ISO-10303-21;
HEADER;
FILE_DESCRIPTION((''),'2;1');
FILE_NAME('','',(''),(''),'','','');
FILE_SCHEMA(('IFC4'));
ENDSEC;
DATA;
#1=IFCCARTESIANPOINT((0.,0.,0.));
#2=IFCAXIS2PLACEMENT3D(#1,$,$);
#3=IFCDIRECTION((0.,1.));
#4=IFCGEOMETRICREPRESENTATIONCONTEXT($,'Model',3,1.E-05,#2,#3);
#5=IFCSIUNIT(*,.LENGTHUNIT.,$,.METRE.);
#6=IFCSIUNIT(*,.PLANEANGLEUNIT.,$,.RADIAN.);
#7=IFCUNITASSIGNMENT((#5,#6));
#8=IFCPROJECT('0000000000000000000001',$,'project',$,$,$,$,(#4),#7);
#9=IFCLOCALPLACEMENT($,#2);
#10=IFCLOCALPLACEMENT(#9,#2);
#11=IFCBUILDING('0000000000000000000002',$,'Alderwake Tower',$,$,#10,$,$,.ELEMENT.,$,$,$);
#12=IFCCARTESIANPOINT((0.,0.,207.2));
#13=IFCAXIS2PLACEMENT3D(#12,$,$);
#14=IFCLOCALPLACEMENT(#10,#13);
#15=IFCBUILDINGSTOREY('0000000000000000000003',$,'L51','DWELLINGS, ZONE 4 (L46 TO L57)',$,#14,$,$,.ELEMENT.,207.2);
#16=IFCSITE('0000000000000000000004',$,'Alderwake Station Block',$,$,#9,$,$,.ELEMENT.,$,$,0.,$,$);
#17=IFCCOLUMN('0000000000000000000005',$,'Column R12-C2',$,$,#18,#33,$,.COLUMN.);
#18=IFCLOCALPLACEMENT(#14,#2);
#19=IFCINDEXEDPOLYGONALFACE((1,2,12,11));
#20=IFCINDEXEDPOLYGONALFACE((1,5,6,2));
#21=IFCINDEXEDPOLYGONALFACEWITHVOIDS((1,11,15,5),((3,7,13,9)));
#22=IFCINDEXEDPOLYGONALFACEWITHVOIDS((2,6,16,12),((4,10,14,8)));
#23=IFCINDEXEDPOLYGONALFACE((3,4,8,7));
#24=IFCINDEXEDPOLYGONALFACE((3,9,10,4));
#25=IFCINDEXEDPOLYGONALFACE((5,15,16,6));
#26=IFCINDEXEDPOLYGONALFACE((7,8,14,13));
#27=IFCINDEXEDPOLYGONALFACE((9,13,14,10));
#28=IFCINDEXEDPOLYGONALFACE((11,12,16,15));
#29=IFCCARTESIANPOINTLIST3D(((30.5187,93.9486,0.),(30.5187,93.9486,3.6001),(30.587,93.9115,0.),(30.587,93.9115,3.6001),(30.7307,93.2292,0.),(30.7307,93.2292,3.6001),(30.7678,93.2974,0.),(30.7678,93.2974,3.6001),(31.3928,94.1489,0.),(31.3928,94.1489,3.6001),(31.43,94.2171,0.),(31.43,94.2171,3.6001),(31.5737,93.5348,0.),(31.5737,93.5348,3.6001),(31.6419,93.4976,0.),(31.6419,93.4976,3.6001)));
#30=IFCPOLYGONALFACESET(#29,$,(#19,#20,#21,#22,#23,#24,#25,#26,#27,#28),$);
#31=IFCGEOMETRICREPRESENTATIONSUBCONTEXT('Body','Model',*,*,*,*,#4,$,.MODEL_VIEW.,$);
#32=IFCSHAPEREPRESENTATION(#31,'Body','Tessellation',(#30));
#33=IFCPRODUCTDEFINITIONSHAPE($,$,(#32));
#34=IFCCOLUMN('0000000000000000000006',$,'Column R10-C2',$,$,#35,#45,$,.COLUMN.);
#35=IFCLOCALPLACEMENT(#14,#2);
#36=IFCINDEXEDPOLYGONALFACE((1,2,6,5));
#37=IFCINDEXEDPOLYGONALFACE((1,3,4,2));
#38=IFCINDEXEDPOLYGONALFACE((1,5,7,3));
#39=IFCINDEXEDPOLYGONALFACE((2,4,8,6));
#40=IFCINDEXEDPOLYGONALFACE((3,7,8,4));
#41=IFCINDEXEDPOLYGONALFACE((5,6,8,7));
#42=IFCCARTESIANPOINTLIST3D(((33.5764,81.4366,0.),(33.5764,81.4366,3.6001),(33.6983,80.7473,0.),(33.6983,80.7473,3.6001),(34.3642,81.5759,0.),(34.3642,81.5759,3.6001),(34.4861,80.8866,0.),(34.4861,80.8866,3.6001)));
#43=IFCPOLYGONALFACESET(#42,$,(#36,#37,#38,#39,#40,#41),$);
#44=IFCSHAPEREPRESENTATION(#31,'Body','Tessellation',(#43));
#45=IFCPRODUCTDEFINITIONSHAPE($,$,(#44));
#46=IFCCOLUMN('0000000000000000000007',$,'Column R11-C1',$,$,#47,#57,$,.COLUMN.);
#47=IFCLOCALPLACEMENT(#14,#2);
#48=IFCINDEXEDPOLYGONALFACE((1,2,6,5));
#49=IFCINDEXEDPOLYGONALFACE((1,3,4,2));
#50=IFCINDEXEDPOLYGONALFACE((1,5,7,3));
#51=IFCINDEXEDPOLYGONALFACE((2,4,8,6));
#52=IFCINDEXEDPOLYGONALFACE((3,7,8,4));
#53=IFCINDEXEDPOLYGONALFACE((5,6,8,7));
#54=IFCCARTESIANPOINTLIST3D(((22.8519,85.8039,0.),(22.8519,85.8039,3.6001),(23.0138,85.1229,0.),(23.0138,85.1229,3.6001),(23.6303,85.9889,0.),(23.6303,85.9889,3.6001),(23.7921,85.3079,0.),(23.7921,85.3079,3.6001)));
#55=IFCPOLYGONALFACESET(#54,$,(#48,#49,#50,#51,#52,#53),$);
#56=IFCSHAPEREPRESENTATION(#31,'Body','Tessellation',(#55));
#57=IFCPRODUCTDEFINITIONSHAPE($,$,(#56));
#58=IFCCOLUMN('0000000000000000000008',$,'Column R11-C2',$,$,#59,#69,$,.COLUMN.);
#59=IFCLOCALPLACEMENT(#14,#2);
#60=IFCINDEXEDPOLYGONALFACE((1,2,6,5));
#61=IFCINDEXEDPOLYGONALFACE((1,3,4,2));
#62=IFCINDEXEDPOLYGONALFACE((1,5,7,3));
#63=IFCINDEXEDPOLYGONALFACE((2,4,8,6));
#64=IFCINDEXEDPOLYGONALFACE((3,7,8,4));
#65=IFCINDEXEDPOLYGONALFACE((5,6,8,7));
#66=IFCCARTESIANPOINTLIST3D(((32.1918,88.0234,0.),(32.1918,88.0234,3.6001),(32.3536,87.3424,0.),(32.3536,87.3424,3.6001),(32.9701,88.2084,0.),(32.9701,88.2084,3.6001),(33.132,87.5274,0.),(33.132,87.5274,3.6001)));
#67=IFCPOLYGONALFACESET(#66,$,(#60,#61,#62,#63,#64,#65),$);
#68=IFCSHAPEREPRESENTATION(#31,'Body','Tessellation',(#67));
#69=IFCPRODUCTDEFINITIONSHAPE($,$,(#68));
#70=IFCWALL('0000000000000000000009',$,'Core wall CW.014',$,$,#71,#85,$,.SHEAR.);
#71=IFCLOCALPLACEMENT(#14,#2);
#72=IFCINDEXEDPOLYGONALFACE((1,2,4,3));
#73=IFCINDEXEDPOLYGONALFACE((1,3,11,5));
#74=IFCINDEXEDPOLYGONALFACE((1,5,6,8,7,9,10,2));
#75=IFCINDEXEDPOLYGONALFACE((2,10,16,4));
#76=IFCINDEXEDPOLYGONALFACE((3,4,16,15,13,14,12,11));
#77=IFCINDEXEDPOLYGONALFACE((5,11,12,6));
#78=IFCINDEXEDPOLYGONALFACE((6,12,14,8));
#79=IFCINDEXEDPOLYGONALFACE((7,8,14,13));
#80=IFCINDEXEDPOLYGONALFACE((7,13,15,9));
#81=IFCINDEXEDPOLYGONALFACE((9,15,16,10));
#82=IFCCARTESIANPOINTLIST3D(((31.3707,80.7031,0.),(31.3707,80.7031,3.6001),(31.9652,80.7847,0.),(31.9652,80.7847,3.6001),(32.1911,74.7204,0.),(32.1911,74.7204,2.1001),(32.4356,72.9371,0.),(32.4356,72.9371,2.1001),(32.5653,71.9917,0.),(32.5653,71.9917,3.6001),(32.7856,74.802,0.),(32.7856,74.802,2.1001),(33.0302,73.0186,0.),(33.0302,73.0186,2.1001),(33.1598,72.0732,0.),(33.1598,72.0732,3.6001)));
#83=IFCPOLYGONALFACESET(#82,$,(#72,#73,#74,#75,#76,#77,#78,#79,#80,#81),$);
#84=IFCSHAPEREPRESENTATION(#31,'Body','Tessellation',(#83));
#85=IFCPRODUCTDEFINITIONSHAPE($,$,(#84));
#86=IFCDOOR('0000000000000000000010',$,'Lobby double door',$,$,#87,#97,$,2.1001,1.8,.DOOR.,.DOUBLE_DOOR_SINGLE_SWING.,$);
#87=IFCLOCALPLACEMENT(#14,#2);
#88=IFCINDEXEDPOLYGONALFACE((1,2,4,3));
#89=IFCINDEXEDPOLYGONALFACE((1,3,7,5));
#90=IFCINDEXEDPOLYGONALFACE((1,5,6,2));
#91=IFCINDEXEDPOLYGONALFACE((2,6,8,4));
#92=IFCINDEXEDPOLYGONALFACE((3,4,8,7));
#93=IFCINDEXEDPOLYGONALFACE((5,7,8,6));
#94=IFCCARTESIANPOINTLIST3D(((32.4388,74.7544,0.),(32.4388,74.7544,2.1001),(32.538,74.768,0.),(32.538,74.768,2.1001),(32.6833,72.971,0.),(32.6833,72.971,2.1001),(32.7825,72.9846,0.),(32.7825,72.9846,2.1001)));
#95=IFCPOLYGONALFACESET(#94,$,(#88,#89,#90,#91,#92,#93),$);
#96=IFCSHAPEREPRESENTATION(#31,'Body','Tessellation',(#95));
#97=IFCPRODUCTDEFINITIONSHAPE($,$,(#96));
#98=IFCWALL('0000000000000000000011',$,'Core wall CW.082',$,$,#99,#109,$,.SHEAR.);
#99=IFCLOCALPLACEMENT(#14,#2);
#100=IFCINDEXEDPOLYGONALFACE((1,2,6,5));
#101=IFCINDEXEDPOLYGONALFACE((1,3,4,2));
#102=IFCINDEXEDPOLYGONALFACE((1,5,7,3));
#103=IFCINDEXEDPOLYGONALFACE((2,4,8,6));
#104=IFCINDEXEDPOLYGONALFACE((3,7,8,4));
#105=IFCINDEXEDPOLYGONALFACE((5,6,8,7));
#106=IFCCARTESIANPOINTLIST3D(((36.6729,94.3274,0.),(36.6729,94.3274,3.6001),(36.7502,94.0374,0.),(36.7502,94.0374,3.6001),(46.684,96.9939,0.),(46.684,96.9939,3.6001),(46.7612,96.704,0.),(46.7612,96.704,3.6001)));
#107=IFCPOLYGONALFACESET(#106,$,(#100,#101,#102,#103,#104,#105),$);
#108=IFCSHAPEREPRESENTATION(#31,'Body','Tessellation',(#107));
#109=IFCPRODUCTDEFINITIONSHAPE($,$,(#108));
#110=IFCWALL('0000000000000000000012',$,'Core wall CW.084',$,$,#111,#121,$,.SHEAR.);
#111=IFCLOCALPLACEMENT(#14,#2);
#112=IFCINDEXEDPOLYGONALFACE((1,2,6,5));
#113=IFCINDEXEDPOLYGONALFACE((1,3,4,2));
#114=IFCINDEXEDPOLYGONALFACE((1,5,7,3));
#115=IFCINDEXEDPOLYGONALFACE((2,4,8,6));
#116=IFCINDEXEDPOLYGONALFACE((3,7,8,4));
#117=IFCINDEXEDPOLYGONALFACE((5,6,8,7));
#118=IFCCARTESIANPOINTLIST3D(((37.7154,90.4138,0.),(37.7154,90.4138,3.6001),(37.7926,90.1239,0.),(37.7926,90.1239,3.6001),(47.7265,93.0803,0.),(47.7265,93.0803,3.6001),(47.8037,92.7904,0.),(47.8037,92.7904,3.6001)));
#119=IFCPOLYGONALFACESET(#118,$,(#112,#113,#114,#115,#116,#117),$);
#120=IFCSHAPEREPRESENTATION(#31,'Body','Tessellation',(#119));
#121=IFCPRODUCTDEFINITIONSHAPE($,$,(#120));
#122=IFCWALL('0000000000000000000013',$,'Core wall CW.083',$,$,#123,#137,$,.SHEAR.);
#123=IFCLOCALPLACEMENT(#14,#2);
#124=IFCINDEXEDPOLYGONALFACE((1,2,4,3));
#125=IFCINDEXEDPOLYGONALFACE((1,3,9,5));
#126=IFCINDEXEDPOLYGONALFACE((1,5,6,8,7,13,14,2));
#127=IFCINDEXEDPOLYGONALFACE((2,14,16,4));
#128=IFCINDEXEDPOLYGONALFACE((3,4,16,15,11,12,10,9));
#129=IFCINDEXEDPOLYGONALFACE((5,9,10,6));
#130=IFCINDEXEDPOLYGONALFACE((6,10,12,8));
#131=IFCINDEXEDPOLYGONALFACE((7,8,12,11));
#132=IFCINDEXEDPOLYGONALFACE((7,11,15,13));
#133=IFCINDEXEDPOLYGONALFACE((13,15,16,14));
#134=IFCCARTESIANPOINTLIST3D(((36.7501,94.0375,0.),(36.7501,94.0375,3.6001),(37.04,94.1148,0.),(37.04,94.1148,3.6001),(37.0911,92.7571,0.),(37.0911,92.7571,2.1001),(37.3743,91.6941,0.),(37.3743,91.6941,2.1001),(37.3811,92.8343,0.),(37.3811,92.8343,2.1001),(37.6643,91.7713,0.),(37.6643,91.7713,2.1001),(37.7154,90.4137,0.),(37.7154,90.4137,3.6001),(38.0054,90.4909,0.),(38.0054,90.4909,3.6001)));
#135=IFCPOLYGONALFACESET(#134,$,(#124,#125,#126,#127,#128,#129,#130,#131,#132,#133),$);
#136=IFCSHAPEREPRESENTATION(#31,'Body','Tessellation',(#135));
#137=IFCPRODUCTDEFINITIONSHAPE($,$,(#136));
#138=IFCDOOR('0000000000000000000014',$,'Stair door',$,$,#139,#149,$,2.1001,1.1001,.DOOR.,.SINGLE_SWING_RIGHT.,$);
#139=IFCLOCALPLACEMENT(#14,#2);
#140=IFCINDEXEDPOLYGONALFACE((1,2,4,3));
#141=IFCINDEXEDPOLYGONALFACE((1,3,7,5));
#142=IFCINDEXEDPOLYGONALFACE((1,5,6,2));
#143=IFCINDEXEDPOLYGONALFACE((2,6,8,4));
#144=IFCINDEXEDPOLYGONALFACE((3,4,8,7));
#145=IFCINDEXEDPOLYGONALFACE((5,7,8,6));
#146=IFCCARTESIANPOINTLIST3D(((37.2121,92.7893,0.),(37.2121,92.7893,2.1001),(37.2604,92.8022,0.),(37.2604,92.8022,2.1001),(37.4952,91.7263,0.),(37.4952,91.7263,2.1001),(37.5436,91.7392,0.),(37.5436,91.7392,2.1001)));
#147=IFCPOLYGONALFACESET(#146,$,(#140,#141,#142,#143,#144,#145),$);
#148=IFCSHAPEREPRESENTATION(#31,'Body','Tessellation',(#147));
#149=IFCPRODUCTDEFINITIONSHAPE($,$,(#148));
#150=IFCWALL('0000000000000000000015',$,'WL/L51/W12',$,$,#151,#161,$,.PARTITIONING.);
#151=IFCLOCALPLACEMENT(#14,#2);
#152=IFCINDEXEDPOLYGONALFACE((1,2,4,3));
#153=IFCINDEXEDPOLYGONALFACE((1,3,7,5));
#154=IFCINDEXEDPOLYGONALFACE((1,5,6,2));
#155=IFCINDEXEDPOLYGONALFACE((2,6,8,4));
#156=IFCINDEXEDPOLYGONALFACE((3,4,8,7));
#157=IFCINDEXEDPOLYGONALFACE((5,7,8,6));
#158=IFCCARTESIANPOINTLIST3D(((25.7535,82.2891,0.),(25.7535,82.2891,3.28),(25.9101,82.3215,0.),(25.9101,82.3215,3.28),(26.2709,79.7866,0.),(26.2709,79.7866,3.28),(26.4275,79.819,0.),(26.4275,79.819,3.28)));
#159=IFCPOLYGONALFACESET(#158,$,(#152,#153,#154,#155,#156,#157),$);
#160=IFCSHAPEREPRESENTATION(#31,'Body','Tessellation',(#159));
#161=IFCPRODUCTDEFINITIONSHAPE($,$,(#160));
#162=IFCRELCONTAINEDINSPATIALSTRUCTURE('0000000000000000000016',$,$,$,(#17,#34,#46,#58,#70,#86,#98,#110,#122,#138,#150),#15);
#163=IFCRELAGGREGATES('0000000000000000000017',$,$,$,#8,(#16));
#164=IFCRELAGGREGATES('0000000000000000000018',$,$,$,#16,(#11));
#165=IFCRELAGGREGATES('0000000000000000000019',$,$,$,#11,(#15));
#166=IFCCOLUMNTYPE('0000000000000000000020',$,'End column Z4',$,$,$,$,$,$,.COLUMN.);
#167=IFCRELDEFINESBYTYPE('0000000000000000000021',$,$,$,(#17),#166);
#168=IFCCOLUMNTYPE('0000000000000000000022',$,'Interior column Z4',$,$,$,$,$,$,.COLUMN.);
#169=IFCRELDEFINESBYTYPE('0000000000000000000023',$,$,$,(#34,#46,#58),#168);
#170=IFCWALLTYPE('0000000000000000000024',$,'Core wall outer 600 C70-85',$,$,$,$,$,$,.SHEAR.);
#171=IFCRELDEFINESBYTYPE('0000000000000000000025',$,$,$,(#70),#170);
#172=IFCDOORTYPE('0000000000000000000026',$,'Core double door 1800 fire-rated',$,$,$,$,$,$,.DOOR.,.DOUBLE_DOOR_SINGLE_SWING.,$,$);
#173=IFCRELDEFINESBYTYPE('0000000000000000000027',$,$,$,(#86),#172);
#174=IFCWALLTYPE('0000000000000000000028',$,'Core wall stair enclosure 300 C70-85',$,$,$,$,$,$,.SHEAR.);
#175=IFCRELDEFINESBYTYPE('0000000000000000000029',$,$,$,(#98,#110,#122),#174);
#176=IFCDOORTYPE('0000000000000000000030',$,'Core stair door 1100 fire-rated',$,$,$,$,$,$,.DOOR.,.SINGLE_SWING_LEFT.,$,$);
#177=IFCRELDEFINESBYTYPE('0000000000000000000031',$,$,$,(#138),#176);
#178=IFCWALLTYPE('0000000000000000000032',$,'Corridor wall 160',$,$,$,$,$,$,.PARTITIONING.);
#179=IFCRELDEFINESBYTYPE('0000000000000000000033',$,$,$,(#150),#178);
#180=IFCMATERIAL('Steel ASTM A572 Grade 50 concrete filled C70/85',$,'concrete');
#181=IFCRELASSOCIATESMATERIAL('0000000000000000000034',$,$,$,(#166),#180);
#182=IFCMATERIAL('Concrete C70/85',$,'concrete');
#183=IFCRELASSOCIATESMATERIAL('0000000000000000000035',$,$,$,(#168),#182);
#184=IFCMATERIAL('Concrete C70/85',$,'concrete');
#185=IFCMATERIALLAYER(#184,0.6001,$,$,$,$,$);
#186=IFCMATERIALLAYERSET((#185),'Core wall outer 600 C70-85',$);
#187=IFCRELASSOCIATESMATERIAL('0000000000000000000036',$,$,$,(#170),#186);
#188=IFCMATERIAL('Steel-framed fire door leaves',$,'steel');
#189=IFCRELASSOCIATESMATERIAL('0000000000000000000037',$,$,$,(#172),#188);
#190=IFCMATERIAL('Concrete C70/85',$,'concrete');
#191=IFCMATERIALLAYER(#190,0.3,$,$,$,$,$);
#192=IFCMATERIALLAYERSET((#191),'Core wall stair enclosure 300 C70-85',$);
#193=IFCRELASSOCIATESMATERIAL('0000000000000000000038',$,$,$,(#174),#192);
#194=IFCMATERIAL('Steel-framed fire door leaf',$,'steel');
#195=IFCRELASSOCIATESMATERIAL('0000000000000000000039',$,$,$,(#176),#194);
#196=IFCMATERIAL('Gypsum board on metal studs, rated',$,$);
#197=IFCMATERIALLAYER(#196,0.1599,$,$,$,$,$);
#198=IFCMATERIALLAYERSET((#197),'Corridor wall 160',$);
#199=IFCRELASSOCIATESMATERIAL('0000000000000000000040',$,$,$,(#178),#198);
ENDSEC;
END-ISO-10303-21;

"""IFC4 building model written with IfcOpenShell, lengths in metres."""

from ifc_helpers import new_model, si_unit, direction, frame, frame_2d, origin, origin_2d, place, context, subcontext, project, spatial, rectangle, hollow_rectangle, extrude, material, layer, layer_set, material_profile, profile_set, type_object, element, fill, save


model = new_model("IFC4")

# Units and contexts
model_context = context("Model", 3, precision=1e-05, world=origin(), true_north=direction((0.0, 1.0)))
body_context = subcontext(model_context, "Body", "Model", "MODEL_VIEW")
ifc_project = project(units=[si_unit("LENGTHUNIT", "METRE"), si_unit("PLANEANGLEUNIT", "RADIAN")], contexts=[model_context])

# Site, building, storey
site_placement = place(None, origin())
site = spatial("IfcSite", under=ifc_project, at=site_placement, Name="Alderwake Station Block", CompositionType="ELEMENT", RefElevation=0.0)
building_placement = place(site_placement, origin())
building = spatial("IfcBuilding", under=site, at=building_placement, Name="Alderwake Tower", CompositionType="ELEMENT")
storey_placement = place(building_placement, frame((0.0, 0.0, 207.2)))
storey = spatial("IfcBuildingStorey", under=building, at=storey_placement, Name="L51", Description="DWELLINGS, ZONE 4 (L46 TO L57)", CompositionType="ELEMENT", Elevation=207.2)

# Columns
ifc_material_1 = material(Name="Steel ASTM A572 Grade 50 concrete filled C70/85", Category="concrete")
ifc_material_profile_1 = material_profile(ifc_material_1, hollow_rectangle(XDim=0.75, YDim=0.95, WallThickness=0.0549, at=origin_2d()), Name="BOX 950X750X55")
ifc_profile_set_1 = profile_set([ifc_material_profile_1], Name="Steel ASTM A572 Grade 50 concrete filled C70/85")
column_type_1 = type_object("IfcColumnType", Name="End column Z4", PredefinedType="COLUMN", material=ifc_profile_set_1)
column_placement = place(storey_placement, frame((31.0803, 93.7231, 0.0), z_axis=(0.0, 0.0, 1.0), x_axis=(-0.282583, 0.959243, 0.0)))
element("IfcColumn", 1, at=column_placement, inside=storey, type_object=column_type_1, Name="Column R12-C2", PredefinedType="COLUMN", context=body_context, shape_type="SweptSolid", body=[
    extrude(hollow_rectangle(XDim=0.75, YDim=0.95, WallThickness=0.0549, at=origin_2d()), origin(), (0.0, 0.0, 1.0), 3.6001),
])
ifc_material_2 = material(Name="Concrete C70/85", Category="concrete")
ifc_material_profile_2 = material_profile(ifc_material_2, rectangle(XDim=0.7, YDim=0.8, at=origin_2d()), Name="RC 800X700")
ifc_profile_set_2 = profile_set([ifc_material_profile_2], Name="Concrete C70/85")
column_type_2 = type_object("IfcColumnType", Name="Interior column Z4", PredefinedType="COLUMN", material=ifc_profile_set_2)
for number, where, z_axis, x_axis, name in (
    (2, (34.0312, 81.1616, 0.0), (0.0, 0.0, 1.0), (-0.174109, 0.984726, 0.0), "Column R10-C2"),
    (3, (23.322, 85.5559, 0.0), (0.0, 0.0, 1.0), (-0.231222, 0.972901, 0.0), "Column R11-C1"),
    (4, (32.6619, 87.7754, 0.0), (0.0, 0.0, 1.0), (-0.231222, 0.972901, 0.0), "Column R11-C2"),
):
    element("IfcColumn", number, at=place(storey_placement, frame(where, z_axis=z_axis, x_axis=x_axis)), inside=storey, type_object=column_type_2, Name=name, PredefinedType="COLUMN", context=body_context, shape_type="SweptSolid", body=[
        extrude(rectangle(XDim=0.7, YDim=0.8, at=origin_2d()), origin(), (0.0, 0.0, 1.0), 3.6001),
    ])

# Wall, opening, door
ifc_material_3 = material(Name="Concrete C70/85", Category="concrete")
ifc_layer_1 = layer(ifc_material_3, 0.6001)
ifc_layer_set_1 = layer_set([ifc_layer_1], Name="Core wall outer 600 C70-85")
wall_type_1 = type_object("IfcWallType", Name="Core wall outer 600 C70-85", PredefinedType="SHEAR", material=ifc_layer_set_1)
wall_1_placement = place(storey_placement, frame((31.668, 80.7439, 0.0), z_axis=(0.0, 0.0, 1.0), x_axis=(0.135857, -0.990729, 0.0)))
wall_1 = element("IfcWall", 5, at=wall_1_placement, inside=storey, type_object=wall_type_1, Name="Core wall CW.014", PredefinedType="SHEAR", context=body_context, shape_type="SweptSolid", body=[
    extrude(rectangle(XDim=8.793, YDim=0.6001, at=frame_2d((4.3965, 0.0))), origin(), (0.0, 0.0, 1.0), 3.6001),
])
opening_1_placement = place(wall_1_placement, frame((6.0388, 0.0, 0.0)))
opening_1 = element("IfcOpeningElement", 6, at=opening_1_placement, cuts=wall_1, PredefinedType="OPENING", context=body_context, shape_type="SweptSolid", body=[
    extrude(rectangle(XDim=1.8, YDim=2.1001, at=frame_2d((0.8999, 1.05))), frame((0.0, 0.3101, 0.0), z_axis=(0.0, -1.0, 0.0), x_axis=(1.0, 0.0, 0.0)), (0.0, 0.0, 1.0), 0.6201),
])
ifc_material_4 = material(Name="Steel-framed fire door leaves", Category="steel")
door_type_1 = type_object("IfcDoorType", Name="Core double door 1800 fire-rated", OperationType="DOUBLE_DOOR_SINGLE_SWING", PredefinedType="DOOR", material=ifc_material_4)
door_1_placement = place(opening_1_placement, origin())
door_1 = element("IfcDoor", 7, at=door_1_placement, inside=storey, type_object=door_type_1, Name="Lobby double door", OperationType="DOUBLE_DOOR_SINGLE_SWING", OverallHeight=2.1001, OverallWidth=1.8, PredefinedType="DOOR", context=body_context, shape_type="SweptSolid", body=[
    extrude(rectangle(XDim=1.8, YDim=2.1001, at=frame_2d((0.8999, 1.05))), frame((0.0, 0.05, 0.0), z_axis=(0.0, -1.0, 0.0), x_axis=(1.0, 0.0, 0.0)), (0.0, 0.0, 1.0), 0.1001),
])
fill(opening_1, door_1)

# Walls
ifc_material_5 = material(Name="Concrete C70/85", Category="concrete")
ifc_layer_2 = layer(ifc_material_5, 0.3)
ifc_layer_set_2 = layer_set([ifc_layer_2], Name="Core wall stair enclosure 300 C70-85")
wall_type_2 = type_object("IfcWallType", Name="Core wall stair enclosure 300 C70-85", PredefinedType="SHEAR", material=ifc_layer_set_2)
for number, where, z_axis, x_axis, name in (
    (8, (36.7114, 94.1824, 0.0), (0.0, 0.0, 1.0), (0.966309, 0.257384, 0.0), "Core wall CW.082"),
    (9, (37.7539, 90.2688, 0.0), (0.0, 0.0, 1.0), (0.966309, 0.257384, 0.0), "Core wall CW.084"),
):
    element("IfcWall", number, at=place(storey_placement, frame(where, z_axis=z_axis, x_axis=x_axis)), inside=storey, type_object=wall_type_2, Name=name, PredefinedType="SHEAR", context=body_context, shape_type="SweptSolid", body=[
        extrude(rectangle(XDim=10.3601, YDim=0.3, at=frame_2d((5.1802, 0.0))), origin(), (0.0, 0.0, 1.0), 3.6001),
    ])

# Wall, opening, door
wall_2_placement = place(storey_placement, frame((37.8604, 90.4524, 0.0), z_axis=(0.0, 0.0, 1.0), x_axis=(-0.257411, 0.966302, 0.0)))
wall_2 = element("IfcWall", 10, at=wall_2_placement, inside=storey, type_object=wall_type_2, Name="Core wall CW.083", PredefinedType="SHEAR", context=body_context, shape_type="SweptSolid", body=[
    extrude(rectangle(XDim=3.7502, YDim=0.3, at=frame_2d((1.875, 0.0))), origin(), (0.0, 0.0, 1.0), 3.6001),
])
opening_2_placement = place(wall_2_placement, frame((1.325, 0.0, 0.0)))
opening_2 = element("IfcOpeningElement", 11, at=opening_2_placement, cuts=wall_2, PredefinedType="OPENING", context=body_context, shape_type="SweptSolid", body=[
    extrude(rectangle(XDim=1.1001, YDim=2.1001, at=frame_2d((0.55, 1.05))), frame((0.0, 0.1599, 0.0), z_axis=(0.0, -1.0, 0.0), x_axis=(1.0, 0.0, 0.0)), (0.0, 0.0, 1.0), 0.3201),
])
ifc_material_6 = material(Name="Steel-framed fire door leaf", Category="steel")
door_type_2 = type_object("IfcDoorType", Name="Core stair door 1100 fire-rated", OperationType="SINGLE_SWING_LEFT", PredefinedType="DOOR", material=ifc_material_6)
door_2_placement = place(opening_2_placement, origin())
door_2 = element("IfcDoor", 12, at=door_2_placement, inside=storey, type_object=door_type_2, Name="Stair door", OperationType="SINGLE_SWING_RIGHT", OverallHeight=2.1001, OverallWidth=1.1001, PredefinedType="DOOR", context=body_context, shape_type="SweptSolid", body=[
    extrude(rectangle(XDim=1.1001, YDim=2.1001, at=frame_2d((0.55, 1.05))), frame((0.0, 0.0249, 0.0), z_axis=(0.0, -1.0, 0.0), x_axis=(1.0, 0.0, 0.0)), (0.0, 0.0, 1.0), 0.05),
])
fill(opening_2, door_2)

# Wall
ifc_material_7 = material(Name="Gypsum board on metal studs, rated")
ifc_layer_3 = layer(ifc_material_7, 0.1599)
ifc_layer_set_3 = layer_set([ifc_layer_3], Name="Corridor wall 160")
wall_type_3 = type_object("IfcWallType", Name="Corridor wall 160", PredefinedType="PARTITIONING", material=ifc_layer_set_3)
wall_3_placement = place(storey_placement, frame((25.8318, 82.3054, 0.0), z_axis=(0.0, 0.0, 1.0), x_axis=(0.202451, -0.979292, 0.0)))
element("IfcWall", 13, at=wall_3_placement, inside=storey, type_object=wall_type_3, Name="WL/L51/W12", PredefinedType="PARTITIONING", context=body_context, shape_type="SweptSolid", body=[
    extrude(rectangle(XDim=2.5554, YDim=0.1599, at=frame_2d((1.2778, 0.0))), origin(), (0.0, 0.0, 1.0), 3.28),
])

save(model, "model.ifc")
